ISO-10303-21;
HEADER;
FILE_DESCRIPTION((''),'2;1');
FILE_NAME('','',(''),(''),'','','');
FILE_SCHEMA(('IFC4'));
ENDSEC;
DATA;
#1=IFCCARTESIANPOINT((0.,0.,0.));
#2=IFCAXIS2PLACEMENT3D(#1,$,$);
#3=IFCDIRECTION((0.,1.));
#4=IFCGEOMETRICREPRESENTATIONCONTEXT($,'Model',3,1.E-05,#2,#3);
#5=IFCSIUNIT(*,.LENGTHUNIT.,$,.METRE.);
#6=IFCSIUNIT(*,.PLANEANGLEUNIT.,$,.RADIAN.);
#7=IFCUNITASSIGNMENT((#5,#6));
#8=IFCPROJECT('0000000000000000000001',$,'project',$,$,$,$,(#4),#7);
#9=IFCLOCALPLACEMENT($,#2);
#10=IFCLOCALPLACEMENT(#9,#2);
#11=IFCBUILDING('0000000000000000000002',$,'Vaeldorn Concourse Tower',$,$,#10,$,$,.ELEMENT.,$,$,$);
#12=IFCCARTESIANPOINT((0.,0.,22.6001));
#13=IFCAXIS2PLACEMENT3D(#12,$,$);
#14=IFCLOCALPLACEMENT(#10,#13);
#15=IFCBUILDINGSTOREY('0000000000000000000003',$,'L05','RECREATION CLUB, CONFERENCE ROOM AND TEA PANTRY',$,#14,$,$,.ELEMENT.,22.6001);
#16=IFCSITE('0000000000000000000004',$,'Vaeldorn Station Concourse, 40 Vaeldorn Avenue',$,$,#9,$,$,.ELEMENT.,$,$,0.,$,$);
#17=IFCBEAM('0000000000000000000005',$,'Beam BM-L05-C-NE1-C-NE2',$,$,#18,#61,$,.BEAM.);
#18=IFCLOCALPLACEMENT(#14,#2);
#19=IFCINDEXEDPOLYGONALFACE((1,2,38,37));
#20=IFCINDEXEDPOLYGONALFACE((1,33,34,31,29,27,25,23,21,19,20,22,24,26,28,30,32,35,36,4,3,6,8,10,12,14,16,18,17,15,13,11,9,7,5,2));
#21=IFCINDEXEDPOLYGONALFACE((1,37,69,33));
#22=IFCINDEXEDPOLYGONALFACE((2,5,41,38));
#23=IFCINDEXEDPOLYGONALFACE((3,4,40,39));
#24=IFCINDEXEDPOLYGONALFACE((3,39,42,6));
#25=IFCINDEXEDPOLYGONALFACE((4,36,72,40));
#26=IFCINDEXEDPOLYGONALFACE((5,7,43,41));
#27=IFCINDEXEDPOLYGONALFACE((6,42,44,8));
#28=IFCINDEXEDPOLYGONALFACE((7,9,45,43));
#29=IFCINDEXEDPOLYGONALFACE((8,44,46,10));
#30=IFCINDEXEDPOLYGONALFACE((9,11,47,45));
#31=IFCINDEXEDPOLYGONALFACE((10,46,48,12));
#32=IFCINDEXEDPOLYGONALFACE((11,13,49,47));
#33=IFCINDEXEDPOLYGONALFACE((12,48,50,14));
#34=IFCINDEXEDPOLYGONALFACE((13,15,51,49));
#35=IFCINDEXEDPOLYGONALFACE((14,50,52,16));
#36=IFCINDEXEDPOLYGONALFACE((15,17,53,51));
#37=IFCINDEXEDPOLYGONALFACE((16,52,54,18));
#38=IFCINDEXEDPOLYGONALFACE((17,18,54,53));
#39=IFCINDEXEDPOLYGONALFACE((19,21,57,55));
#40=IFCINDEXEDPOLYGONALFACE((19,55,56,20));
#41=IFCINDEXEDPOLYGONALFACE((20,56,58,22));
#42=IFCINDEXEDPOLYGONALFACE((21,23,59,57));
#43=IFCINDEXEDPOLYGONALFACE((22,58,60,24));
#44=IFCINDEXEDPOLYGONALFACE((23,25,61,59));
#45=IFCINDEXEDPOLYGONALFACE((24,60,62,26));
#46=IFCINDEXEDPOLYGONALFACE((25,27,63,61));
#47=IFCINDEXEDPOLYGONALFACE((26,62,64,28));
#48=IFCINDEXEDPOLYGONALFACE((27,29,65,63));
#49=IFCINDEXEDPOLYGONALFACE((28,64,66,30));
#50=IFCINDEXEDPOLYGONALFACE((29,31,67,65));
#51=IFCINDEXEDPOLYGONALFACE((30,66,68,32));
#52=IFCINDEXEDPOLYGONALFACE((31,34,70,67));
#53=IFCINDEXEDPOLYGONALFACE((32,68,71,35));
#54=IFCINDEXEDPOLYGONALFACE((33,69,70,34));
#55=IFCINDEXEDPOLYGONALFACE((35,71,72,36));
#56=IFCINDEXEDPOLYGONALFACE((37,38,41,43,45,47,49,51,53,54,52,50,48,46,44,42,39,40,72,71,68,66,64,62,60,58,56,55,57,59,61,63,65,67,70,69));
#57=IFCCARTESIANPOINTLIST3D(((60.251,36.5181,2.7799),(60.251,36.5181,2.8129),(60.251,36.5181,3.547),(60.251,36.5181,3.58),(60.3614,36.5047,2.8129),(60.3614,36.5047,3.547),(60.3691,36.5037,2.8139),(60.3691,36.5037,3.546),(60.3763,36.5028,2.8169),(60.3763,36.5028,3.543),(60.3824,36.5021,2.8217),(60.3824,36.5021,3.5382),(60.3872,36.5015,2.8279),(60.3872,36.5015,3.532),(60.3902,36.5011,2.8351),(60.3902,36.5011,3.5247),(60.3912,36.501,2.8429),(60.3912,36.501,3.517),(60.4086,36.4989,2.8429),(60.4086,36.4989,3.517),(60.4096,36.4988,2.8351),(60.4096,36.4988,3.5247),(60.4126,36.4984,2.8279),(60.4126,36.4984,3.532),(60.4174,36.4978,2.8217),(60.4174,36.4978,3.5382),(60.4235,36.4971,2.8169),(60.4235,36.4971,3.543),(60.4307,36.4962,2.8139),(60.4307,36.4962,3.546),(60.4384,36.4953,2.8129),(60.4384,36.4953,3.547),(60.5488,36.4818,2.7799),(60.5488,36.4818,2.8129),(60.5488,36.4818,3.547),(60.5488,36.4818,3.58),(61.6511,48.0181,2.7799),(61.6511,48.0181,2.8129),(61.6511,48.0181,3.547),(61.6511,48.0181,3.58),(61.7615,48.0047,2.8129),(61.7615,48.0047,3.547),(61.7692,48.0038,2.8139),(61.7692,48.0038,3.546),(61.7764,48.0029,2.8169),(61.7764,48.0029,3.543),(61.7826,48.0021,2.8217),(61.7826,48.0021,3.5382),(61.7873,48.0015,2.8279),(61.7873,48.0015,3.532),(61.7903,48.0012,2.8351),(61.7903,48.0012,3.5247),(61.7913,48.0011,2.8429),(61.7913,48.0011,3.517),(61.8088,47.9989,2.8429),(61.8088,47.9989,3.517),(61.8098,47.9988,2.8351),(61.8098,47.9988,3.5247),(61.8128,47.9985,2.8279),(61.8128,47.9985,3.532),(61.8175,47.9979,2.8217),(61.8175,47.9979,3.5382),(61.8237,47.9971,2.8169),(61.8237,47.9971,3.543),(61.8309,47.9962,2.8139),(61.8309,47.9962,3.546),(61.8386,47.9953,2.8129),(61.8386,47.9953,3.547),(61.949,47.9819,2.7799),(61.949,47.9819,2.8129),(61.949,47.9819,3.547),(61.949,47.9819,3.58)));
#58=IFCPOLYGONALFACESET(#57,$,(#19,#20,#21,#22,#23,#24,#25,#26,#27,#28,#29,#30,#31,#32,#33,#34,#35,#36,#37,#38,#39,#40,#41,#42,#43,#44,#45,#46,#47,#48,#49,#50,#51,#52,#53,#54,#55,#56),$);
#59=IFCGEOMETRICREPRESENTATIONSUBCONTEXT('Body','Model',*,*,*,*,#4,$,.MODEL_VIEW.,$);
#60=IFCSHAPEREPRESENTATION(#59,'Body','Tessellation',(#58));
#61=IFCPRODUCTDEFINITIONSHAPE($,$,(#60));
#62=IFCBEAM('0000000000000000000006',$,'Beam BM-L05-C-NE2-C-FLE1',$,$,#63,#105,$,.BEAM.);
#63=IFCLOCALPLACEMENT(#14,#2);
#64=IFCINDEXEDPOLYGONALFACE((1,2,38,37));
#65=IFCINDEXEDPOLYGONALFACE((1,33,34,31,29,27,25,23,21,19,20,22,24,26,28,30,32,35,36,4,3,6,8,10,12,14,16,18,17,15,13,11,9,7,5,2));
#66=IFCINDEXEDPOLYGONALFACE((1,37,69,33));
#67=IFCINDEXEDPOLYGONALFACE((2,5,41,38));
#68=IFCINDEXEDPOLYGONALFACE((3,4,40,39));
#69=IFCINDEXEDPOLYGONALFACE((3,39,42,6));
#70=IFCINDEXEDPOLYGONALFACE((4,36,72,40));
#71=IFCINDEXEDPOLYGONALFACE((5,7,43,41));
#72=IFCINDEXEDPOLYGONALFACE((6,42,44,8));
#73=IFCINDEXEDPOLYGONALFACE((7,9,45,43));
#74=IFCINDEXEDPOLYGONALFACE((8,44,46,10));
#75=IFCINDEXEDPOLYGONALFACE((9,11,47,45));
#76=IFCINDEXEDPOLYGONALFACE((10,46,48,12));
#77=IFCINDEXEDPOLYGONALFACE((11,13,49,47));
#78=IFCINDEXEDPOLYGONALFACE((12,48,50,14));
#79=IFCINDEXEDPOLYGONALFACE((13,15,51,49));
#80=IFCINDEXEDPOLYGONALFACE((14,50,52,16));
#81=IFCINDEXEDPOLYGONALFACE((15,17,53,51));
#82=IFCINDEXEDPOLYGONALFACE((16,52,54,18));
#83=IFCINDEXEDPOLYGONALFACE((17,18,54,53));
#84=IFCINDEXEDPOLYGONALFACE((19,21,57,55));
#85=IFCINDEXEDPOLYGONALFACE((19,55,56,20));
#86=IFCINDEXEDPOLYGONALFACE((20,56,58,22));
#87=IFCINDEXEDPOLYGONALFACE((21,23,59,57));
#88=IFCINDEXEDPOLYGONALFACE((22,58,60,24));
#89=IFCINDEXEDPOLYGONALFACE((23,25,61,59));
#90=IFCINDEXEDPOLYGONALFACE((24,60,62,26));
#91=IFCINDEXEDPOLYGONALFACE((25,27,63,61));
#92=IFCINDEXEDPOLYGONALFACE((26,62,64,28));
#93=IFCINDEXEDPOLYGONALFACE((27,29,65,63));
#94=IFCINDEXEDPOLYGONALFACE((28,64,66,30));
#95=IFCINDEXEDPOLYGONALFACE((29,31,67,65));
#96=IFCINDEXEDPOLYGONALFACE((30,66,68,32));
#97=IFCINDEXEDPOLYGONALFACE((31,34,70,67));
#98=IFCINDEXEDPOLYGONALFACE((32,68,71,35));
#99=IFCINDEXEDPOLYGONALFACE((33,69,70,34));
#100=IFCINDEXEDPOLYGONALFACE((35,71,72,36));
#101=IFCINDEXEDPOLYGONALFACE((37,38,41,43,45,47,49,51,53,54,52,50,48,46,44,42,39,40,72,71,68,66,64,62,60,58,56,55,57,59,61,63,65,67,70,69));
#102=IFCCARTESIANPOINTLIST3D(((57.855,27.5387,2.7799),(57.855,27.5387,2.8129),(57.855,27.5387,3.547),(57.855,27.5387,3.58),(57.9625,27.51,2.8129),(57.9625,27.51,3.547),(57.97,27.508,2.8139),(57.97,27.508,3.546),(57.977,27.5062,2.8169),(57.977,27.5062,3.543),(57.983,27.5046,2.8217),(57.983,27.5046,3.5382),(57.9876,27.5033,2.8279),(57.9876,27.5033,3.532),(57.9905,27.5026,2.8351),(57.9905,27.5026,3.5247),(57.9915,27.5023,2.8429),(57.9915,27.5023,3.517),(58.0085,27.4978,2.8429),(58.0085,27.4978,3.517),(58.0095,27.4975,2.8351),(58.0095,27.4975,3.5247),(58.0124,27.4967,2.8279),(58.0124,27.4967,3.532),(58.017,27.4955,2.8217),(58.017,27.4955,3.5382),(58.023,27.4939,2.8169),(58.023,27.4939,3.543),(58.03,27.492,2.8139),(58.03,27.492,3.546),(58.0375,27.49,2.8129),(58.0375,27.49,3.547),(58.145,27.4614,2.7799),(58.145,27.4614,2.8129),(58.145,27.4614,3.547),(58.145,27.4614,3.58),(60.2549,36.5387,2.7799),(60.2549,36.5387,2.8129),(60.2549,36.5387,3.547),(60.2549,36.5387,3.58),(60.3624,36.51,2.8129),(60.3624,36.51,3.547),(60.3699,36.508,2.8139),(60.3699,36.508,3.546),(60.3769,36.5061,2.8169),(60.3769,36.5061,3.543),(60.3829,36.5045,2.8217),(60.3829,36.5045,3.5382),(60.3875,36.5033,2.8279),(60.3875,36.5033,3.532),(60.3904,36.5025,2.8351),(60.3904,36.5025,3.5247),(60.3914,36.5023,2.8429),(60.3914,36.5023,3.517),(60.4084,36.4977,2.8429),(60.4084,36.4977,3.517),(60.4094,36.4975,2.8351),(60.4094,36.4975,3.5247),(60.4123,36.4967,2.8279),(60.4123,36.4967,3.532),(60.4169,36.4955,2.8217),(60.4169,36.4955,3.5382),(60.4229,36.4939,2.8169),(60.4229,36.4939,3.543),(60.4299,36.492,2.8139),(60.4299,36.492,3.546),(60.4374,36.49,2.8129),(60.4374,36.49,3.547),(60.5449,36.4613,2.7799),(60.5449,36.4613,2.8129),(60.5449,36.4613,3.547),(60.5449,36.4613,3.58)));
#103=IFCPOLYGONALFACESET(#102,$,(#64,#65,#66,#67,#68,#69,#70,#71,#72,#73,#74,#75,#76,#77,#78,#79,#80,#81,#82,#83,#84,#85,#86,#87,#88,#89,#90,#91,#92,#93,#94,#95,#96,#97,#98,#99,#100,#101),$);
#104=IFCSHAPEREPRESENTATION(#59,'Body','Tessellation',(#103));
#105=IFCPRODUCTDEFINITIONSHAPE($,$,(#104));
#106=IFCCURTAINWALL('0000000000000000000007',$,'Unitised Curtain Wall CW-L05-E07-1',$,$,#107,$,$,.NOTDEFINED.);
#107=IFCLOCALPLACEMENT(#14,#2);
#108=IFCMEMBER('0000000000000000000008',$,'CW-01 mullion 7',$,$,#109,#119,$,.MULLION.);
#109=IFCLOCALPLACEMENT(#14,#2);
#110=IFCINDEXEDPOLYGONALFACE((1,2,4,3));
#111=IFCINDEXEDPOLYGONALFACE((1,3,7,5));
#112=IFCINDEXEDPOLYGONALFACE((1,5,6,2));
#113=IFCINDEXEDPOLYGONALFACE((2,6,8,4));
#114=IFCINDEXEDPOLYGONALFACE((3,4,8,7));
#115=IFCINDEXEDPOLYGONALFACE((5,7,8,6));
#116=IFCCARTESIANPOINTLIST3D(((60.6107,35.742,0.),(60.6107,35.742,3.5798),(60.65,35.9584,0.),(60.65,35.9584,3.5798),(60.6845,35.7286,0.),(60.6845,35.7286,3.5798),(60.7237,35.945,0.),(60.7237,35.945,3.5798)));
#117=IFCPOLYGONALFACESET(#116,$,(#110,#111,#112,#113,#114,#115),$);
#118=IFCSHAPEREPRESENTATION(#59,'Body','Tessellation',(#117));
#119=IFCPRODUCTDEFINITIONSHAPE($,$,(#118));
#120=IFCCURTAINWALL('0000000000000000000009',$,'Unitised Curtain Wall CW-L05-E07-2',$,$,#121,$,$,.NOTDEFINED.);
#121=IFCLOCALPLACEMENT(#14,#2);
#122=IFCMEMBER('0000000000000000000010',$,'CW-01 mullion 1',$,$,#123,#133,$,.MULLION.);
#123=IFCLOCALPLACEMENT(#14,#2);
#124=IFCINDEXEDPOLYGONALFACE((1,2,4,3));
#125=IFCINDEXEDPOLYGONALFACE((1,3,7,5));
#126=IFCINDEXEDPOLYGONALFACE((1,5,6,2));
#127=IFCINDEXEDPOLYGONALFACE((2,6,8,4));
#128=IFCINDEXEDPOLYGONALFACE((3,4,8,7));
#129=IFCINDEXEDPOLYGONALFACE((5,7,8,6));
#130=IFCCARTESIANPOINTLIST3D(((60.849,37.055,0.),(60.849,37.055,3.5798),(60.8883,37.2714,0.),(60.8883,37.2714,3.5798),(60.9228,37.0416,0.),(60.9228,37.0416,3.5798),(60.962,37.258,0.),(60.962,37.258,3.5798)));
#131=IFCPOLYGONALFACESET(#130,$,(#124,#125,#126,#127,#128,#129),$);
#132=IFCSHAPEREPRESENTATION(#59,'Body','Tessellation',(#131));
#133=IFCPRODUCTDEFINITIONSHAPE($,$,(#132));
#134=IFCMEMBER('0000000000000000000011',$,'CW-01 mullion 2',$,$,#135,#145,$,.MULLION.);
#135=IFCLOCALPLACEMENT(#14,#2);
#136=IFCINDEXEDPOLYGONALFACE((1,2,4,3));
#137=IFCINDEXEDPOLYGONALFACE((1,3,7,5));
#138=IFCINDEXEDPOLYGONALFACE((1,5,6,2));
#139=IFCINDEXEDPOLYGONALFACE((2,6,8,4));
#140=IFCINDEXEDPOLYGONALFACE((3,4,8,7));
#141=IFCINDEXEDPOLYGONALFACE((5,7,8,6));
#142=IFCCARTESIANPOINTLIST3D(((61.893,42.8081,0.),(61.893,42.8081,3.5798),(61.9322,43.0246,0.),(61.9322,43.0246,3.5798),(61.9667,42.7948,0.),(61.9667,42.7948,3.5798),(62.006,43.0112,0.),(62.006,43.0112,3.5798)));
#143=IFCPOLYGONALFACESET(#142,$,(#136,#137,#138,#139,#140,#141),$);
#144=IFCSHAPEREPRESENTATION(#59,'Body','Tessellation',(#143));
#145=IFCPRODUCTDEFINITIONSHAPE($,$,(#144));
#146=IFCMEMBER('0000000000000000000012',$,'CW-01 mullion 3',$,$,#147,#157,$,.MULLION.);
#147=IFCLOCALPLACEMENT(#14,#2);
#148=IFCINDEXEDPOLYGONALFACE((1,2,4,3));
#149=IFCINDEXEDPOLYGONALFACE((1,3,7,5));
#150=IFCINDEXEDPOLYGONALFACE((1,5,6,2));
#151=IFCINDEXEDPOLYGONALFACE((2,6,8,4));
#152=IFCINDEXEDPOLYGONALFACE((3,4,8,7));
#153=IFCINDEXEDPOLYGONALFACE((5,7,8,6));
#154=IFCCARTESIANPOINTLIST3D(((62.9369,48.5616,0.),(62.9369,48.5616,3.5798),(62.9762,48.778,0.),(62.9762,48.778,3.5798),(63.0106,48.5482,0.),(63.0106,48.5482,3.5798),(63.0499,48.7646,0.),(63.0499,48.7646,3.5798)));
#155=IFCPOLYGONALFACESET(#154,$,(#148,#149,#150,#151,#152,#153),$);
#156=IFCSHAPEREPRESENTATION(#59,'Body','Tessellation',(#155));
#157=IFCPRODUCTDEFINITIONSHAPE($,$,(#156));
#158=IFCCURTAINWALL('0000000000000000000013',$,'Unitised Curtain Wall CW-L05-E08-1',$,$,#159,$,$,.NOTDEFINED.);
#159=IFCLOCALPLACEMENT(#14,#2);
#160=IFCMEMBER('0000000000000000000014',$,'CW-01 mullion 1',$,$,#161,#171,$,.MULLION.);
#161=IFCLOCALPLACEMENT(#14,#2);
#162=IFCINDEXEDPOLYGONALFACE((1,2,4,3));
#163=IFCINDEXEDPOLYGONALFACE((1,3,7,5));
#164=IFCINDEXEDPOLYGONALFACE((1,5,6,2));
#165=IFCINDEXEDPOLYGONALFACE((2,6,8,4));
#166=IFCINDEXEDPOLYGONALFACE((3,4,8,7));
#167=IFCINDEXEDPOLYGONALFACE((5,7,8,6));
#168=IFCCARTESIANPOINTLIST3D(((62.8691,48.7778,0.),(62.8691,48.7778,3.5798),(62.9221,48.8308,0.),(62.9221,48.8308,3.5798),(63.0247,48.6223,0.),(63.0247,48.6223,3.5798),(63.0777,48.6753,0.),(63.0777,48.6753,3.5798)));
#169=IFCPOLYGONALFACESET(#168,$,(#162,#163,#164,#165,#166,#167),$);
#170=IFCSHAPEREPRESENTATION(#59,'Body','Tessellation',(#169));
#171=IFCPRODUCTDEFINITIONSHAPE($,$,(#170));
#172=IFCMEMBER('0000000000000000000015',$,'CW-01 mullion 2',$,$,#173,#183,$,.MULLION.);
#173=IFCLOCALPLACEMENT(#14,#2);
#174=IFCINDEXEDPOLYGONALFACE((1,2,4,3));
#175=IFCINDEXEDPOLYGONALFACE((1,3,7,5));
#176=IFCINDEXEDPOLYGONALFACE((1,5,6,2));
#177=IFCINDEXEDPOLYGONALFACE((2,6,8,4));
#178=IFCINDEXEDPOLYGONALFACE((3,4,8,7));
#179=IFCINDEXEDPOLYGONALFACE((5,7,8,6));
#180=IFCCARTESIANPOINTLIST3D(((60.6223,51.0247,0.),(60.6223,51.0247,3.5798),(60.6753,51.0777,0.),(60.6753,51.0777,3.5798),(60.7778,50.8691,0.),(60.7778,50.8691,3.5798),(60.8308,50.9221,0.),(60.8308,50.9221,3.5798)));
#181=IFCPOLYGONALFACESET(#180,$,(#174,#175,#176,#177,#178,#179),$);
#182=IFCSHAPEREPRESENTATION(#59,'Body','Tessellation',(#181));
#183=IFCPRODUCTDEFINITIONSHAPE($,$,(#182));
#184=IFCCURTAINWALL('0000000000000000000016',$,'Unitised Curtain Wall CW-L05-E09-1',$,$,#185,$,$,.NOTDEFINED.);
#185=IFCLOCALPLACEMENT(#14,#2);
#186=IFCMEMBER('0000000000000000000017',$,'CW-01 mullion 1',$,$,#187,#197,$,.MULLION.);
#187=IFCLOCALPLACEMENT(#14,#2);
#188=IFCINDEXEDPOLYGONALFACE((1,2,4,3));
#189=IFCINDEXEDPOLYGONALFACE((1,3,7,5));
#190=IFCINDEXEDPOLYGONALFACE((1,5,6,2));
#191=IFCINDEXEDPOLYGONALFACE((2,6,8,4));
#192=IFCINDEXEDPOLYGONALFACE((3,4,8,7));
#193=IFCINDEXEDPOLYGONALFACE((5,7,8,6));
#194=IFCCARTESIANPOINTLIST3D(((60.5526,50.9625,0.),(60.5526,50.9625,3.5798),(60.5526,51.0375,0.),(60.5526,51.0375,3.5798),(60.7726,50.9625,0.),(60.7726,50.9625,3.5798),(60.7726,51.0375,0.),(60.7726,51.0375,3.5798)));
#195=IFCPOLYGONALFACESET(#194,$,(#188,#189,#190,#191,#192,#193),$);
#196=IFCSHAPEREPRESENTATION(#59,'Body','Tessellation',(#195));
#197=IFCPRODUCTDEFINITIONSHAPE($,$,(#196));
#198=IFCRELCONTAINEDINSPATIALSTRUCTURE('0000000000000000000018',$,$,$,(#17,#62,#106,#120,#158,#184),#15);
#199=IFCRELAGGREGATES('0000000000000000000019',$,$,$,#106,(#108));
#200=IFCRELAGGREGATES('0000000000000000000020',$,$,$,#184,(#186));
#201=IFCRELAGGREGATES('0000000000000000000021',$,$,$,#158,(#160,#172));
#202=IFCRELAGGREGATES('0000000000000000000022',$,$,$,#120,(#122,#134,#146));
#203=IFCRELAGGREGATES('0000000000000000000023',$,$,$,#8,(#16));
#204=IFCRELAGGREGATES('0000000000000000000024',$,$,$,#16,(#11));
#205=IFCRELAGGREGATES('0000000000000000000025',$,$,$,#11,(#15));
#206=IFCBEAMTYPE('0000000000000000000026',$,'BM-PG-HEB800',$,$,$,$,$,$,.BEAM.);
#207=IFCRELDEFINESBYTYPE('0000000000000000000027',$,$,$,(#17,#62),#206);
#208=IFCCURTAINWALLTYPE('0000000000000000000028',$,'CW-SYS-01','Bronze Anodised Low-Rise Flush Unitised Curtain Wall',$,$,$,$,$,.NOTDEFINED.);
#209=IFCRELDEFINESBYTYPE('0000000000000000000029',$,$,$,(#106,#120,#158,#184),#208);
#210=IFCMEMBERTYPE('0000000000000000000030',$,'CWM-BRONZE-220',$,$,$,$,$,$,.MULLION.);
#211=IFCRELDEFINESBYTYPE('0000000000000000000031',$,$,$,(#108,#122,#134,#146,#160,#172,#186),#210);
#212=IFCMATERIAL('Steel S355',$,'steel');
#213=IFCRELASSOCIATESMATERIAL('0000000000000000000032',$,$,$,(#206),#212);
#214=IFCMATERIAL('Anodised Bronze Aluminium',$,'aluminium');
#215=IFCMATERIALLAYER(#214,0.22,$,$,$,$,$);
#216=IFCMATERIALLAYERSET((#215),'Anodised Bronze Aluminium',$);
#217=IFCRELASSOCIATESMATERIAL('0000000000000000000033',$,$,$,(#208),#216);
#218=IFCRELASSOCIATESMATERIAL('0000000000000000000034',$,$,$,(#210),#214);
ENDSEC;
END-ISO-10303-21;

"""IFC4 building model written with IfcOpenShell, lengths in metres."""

from ifc_helpers import new_model, si_unit, direction, frame, origin, origin_2d, place, context, subcontext, project, spatial, rectangle, i_section, extrude, source, transform, mapped, material, layer, layer_set, material_profile, profile_set, type_object, element, aggregate, save


model = new_model("IFC4")

# Units and contexts
model_context = context("Model", 3, precision=1e-05, world=origin(), true_north=direction((0.0, 1.0)))
body_context = subcontext(model_context, "Body", "Model", "MODEL_VIEW")
ifc_project = project(units=[si_unit("LENGTHUNIT", "METRE"), si_unit("PLANEANGLEUNIT", "RADIAN")], contexts=[model_context])

# Site, building, storey
site_placement = place(None, origin())
site = spatial("IfcSite", under=ifc_project, at=site_placement, Name="Vaeldorn Station Concourse, 40 Vaeldorn Avenue", CompositionType="ELEMENT", RefElevation=0.0)
building_placement = place(site_placement, origin())
building = spatial("IfcBuilding", under=site, at=building_placement, Name="Vaeldorn Concourse Tower", CompositionType="ELEMENT")
storey_placement = place(building_placement, frame((0.0, 0.0, 22.6001)))
storey = spatial("IfcBuildingStorey", under=building, at=storey_placement, Name="L05", Description="RECREATION CLUB, CONFERENCE ROOM AND TEA PANTRY", CompositionType="ELEMENT", Elevation=22.6001)

# Beams
ifc_material_1 = material(Name="Steel S355", Category="steel")
ifc_material_profile_1 = material_profile(ifc_material_1, i_section(OverallWidth=0.3, OverallDepth=0.8, WebThickness=0.0176, FlangeThickness=0.033, FilletRadius=0.03, at=origin_2d()), Name="HEB 800")
ifc_profile_set_1 = profile_set([ifc_material_profile_1], Name="Steel S355")
beam_type = type_object("IfcBeamType", Name="BM-PG-HEB800", PredefinedType="BEAM", material=ifc_profile_set_1)
shared_shape_1 = source(origin(), body_context, "Body", "SweptSolid", [
    extrude(i_section(OverallWidth=0.3, OverallDepth=0.8, WebThickness=0.0176, FlangeThickness=0.033, FilletRadius=0.03, at=origin_2d()), origin(), (0.0, 0.0, 1.0), 11.585),
])
beam_1_placement = place(storey_placement, frame((61.8, 48.0, 3.1799), z_axis=(-0.120859, -0.99267, 0.0), x_axis=(0.99267, -0.120859, 0.0)))
element("IfcBeam", 1, at=beam_1_placement, inside=storey, type_object=beam_type, Name="Beam BM-L05-C-NE1-C-NE2", PredefinedType="BEAM", context=body_context, shape_type="MappedRepresentation", body=[
    mapped(shared_shape_1, transform((0.0, 0.0, 0.0), scale=1.0)),
])
shared_shape_2 = source(origin(), body_context, "Body", "SweptSolid", [
    extrude(i_section(OverallWidth=0.3, OverallDepth=0.8, WebThickness=0.0176, FlangeThickness=0.033, FilletRadius=0.03, at=origin_2d()), origin(), (0.0, 0.0, 1.0), 9.3145),
])
beam_2_placement = place(storey_placement, frame((60.3999, 36.5, 3.1799), z_axis=(-0.257653, -0.966238, 0.0), x_axis=(0.966238, -0.257653, 0.0)))
element("IfcBeam", 2, at=beam_2_placement, inside=storey, type_object=beam_type, Name="Beam BM-L05-C-NE2-C-FLE1", PredefinedType="BEAM", context=body_context, shape_type="MappedRepresentation", body=[
    mapped(shared_shape_2, transform((0.0, 0.0, 0.0), scale=1.0)),
])

# Curtain wall, member
ifc_material_2 = material(Name="Anodised Bronze Aluminium", Category="aluminium")
ifc_layer_1 = layer(ifc_material_2, 0.22)
ifc_layer_set_1 = layer_set([ifc_layer_1], Name="Anodised Bronze Aluminium")
curtain_wall_type = type_object("IfcCurtainWallType", Name="CW-SYS-01", Description="Bronze Anodised Low-Rise Flush Unitised Curtain Wall", PredefinedType="NOTDEFINED", material=ifc_layer_set_1)
curtain_wall_1_placement = place(storey_placement, origin())
curtain_wall_1 = element("IfcCurtainWall", 3, at=curtain_wall_1_placement, inside=storey, type_object=curtain_wall_type, Name="Unitised Curtain Wall CW-L05-E07-1", PredefinedType="NOTDEFINED")
ifc_material_profile_2 = material_profile(ifc_material_2, rectangle(XDim=0.075, YDim=0.22, at=origin_2d()), Name="CWM 75x220")
ifc_profile_set_2 = profile_set([ifc_material_profile_2], Name="Anodised Bronze Aluminium")
member_type_1 = type_object("IfcMemberType", Name="CWM-BRONZE-220", PredefinedType="MULLION", material=ifc_profile_set_2)
shared_shape_3 = source(origin(), body_context, "Body", "SweptSolid", [
    extrude(rectangle(XDim=0.075, YDim=0.22, at=origin_2d()), origin(), (0.0, 0.0, 1.0), 3.5798),
])
member_1_placement = place(storey_placement, frame((60.6672, 35.8435, 0.0), z_axis=(0.0, 0.0, 1.0), x_axis=(-0.983935, 0.178526, 0.0)))
member_1 = element("IfcMember", 4, at=member_1_placement, type_object=member_type_1, Name="CW-01 mullion 7", PredefinedType="MULLION", context=body_context, shape_type="MappedRepresentation", body=[
    mapped(shared_shape_3, transform((0.0, 0.0, 0.0), scale=1.0)),
])
aggregate(curtain_wall_1, [member_1])

# Curtain walls, members
curtain_wall_2_placement = place(storey_placement, origin())
curtain_wall_2 = element("IfcCurtainWall", 5, at=curtain_wall_2_placement, inside=storey, type_object=curtain_wall_type, Name="Unitised Curtain Wall CW-L05-E07-2", PredefinedType="NOTDEFINED")
member_2_placement = place(storey_placement, frame((60.9055, 37.1565, 0.0), z_axis=(0.0, 0.0, 1.0), x_axis=(-0.983935, 0.178528, 0.0)))
member_2 = element("IfcMember", 6, at=member_2_placement, type_object=member_type_1, Name="CW-01 mullion 1", PredefinedType="MULLION", context=body_context, shape_type="MappedRepresentation", body=[
    mapped(shared_shape_3, transform((0.0, 0.0, 0.0), scale=1.0)),
])
member_3_placement = place(storey_placement, frame((61.9495, 42.9097, 0.0), z_axis=(0.0, 0.0, 1.0), x_axis=(-0.983935, 0.178528, 0.0)))
member_3 = element("IfcMember", 7, at=member_3_placement, type_object=member_type_1, Name="CW-01 mullion 2", PredefinedType="MULLION", context=body_context, shape_type="MappedRepresentation", body=[
    mapped(shared_shape_3, transform((0.0, 0.0, 0.0), scale=1.0)),
])
member_4_placement = place(storey_placement, frame((62.9934, 48.6631, 0.0), z_axis=(0.0, 0.0, 1.0), x_axis=(-0.983935, 0.178528, 0.0)))
member_4 = element("IfcMember", 8, at=member_4_placement, type_object=member_type_1, Name="CW-01 mullion 3", PredefinedType="MULLION", context=body_context, shape_type="MappedRepresentation", body=[
    mapped(shared_shape_3, transform((0.0, 0.0, 0.0), scale=1.0)),
])
curtain_wall_3_placement = place(storey_placement, origin())
curtain_wall_3 = element("IfcCurtainWall", 9, at=curtain_wall_3_placement, inside=storey, type_object=curtain_wall_type, Name="Unitised Curtain Wall CW-L05-E08-1", PredefinedType="NOTDEFINED")
member_5_placement = place(storey_placement, frame((62.9734, 48.7266, 0.0), z_axis=(0.0, 0.0, 1.0), x_axis=(-0.707107, -0.707107, 0.0)))
member_5 = element("IfcMember", 10, at=member_5_placement, type_object=member_type_1, Name="CW-01 mullion 1", PredefinedType="MULLION", context=body_context, shape_type="MappedRepresentation", body=[
    mapped(shared_shape_3, transform((0.0, 0.0, 0.0), scale=1.0)),
])
member_6_placement = place(storey_placement, frame((60.7266, 50.9734, 0.0), z_axis=(0.0, 0.0, 1.0), x_axis=(-0.707107, -0.707107, 0.0)))
member_6 = element("IfcMember", 11, at=member_6_placement, type_object=member_type_1, Name="CW-01 mullion 2", PredefinedType="MULLION", context=body_context, shape_type="MappedRepresentation", body=[
    mapped(shared_shape_3, transform((0.0, 0.0, 0.0), scale=1.0)),
])

# Curtain wall, member
curtain_wall_4_placement = place(storey_placement, origin())
curtain_wall_4 = element("IfcCurtainWall", 12, at=curtain_wall_4_placement, inside=storey, type_object=curtain_wall_type, Name="Unitised Curtain Wall CW-L05-E09-1", PredefinedType="NOTDEFINED")
member_7_placement = place(storey_placement, frame((60.6626, 51.0, 0.0), z_axis=(0.0, 0.0, 1.0), x_axis=(0.0, -1.0, 0.0)))
member_7 = element("IfcMember", 13, at=member_7_placement, type_object=member_type_1, Name="CW-01 mullion 1", PredefinedType="MULLION", context=body_context, shape_type="MappedRepresentation", body=[
    mapped(shared_shape_3, transform((0.0, 0.0, 0.0), scale=1.0)),
])

aggregate(curtain_wall_4, [member_7])

aggregate(curtain_wall_3, [member_5, member_6])
aggregate(curtain_wall_2, [member_2, member_3, member_4])

save(model, "model.ifc")
